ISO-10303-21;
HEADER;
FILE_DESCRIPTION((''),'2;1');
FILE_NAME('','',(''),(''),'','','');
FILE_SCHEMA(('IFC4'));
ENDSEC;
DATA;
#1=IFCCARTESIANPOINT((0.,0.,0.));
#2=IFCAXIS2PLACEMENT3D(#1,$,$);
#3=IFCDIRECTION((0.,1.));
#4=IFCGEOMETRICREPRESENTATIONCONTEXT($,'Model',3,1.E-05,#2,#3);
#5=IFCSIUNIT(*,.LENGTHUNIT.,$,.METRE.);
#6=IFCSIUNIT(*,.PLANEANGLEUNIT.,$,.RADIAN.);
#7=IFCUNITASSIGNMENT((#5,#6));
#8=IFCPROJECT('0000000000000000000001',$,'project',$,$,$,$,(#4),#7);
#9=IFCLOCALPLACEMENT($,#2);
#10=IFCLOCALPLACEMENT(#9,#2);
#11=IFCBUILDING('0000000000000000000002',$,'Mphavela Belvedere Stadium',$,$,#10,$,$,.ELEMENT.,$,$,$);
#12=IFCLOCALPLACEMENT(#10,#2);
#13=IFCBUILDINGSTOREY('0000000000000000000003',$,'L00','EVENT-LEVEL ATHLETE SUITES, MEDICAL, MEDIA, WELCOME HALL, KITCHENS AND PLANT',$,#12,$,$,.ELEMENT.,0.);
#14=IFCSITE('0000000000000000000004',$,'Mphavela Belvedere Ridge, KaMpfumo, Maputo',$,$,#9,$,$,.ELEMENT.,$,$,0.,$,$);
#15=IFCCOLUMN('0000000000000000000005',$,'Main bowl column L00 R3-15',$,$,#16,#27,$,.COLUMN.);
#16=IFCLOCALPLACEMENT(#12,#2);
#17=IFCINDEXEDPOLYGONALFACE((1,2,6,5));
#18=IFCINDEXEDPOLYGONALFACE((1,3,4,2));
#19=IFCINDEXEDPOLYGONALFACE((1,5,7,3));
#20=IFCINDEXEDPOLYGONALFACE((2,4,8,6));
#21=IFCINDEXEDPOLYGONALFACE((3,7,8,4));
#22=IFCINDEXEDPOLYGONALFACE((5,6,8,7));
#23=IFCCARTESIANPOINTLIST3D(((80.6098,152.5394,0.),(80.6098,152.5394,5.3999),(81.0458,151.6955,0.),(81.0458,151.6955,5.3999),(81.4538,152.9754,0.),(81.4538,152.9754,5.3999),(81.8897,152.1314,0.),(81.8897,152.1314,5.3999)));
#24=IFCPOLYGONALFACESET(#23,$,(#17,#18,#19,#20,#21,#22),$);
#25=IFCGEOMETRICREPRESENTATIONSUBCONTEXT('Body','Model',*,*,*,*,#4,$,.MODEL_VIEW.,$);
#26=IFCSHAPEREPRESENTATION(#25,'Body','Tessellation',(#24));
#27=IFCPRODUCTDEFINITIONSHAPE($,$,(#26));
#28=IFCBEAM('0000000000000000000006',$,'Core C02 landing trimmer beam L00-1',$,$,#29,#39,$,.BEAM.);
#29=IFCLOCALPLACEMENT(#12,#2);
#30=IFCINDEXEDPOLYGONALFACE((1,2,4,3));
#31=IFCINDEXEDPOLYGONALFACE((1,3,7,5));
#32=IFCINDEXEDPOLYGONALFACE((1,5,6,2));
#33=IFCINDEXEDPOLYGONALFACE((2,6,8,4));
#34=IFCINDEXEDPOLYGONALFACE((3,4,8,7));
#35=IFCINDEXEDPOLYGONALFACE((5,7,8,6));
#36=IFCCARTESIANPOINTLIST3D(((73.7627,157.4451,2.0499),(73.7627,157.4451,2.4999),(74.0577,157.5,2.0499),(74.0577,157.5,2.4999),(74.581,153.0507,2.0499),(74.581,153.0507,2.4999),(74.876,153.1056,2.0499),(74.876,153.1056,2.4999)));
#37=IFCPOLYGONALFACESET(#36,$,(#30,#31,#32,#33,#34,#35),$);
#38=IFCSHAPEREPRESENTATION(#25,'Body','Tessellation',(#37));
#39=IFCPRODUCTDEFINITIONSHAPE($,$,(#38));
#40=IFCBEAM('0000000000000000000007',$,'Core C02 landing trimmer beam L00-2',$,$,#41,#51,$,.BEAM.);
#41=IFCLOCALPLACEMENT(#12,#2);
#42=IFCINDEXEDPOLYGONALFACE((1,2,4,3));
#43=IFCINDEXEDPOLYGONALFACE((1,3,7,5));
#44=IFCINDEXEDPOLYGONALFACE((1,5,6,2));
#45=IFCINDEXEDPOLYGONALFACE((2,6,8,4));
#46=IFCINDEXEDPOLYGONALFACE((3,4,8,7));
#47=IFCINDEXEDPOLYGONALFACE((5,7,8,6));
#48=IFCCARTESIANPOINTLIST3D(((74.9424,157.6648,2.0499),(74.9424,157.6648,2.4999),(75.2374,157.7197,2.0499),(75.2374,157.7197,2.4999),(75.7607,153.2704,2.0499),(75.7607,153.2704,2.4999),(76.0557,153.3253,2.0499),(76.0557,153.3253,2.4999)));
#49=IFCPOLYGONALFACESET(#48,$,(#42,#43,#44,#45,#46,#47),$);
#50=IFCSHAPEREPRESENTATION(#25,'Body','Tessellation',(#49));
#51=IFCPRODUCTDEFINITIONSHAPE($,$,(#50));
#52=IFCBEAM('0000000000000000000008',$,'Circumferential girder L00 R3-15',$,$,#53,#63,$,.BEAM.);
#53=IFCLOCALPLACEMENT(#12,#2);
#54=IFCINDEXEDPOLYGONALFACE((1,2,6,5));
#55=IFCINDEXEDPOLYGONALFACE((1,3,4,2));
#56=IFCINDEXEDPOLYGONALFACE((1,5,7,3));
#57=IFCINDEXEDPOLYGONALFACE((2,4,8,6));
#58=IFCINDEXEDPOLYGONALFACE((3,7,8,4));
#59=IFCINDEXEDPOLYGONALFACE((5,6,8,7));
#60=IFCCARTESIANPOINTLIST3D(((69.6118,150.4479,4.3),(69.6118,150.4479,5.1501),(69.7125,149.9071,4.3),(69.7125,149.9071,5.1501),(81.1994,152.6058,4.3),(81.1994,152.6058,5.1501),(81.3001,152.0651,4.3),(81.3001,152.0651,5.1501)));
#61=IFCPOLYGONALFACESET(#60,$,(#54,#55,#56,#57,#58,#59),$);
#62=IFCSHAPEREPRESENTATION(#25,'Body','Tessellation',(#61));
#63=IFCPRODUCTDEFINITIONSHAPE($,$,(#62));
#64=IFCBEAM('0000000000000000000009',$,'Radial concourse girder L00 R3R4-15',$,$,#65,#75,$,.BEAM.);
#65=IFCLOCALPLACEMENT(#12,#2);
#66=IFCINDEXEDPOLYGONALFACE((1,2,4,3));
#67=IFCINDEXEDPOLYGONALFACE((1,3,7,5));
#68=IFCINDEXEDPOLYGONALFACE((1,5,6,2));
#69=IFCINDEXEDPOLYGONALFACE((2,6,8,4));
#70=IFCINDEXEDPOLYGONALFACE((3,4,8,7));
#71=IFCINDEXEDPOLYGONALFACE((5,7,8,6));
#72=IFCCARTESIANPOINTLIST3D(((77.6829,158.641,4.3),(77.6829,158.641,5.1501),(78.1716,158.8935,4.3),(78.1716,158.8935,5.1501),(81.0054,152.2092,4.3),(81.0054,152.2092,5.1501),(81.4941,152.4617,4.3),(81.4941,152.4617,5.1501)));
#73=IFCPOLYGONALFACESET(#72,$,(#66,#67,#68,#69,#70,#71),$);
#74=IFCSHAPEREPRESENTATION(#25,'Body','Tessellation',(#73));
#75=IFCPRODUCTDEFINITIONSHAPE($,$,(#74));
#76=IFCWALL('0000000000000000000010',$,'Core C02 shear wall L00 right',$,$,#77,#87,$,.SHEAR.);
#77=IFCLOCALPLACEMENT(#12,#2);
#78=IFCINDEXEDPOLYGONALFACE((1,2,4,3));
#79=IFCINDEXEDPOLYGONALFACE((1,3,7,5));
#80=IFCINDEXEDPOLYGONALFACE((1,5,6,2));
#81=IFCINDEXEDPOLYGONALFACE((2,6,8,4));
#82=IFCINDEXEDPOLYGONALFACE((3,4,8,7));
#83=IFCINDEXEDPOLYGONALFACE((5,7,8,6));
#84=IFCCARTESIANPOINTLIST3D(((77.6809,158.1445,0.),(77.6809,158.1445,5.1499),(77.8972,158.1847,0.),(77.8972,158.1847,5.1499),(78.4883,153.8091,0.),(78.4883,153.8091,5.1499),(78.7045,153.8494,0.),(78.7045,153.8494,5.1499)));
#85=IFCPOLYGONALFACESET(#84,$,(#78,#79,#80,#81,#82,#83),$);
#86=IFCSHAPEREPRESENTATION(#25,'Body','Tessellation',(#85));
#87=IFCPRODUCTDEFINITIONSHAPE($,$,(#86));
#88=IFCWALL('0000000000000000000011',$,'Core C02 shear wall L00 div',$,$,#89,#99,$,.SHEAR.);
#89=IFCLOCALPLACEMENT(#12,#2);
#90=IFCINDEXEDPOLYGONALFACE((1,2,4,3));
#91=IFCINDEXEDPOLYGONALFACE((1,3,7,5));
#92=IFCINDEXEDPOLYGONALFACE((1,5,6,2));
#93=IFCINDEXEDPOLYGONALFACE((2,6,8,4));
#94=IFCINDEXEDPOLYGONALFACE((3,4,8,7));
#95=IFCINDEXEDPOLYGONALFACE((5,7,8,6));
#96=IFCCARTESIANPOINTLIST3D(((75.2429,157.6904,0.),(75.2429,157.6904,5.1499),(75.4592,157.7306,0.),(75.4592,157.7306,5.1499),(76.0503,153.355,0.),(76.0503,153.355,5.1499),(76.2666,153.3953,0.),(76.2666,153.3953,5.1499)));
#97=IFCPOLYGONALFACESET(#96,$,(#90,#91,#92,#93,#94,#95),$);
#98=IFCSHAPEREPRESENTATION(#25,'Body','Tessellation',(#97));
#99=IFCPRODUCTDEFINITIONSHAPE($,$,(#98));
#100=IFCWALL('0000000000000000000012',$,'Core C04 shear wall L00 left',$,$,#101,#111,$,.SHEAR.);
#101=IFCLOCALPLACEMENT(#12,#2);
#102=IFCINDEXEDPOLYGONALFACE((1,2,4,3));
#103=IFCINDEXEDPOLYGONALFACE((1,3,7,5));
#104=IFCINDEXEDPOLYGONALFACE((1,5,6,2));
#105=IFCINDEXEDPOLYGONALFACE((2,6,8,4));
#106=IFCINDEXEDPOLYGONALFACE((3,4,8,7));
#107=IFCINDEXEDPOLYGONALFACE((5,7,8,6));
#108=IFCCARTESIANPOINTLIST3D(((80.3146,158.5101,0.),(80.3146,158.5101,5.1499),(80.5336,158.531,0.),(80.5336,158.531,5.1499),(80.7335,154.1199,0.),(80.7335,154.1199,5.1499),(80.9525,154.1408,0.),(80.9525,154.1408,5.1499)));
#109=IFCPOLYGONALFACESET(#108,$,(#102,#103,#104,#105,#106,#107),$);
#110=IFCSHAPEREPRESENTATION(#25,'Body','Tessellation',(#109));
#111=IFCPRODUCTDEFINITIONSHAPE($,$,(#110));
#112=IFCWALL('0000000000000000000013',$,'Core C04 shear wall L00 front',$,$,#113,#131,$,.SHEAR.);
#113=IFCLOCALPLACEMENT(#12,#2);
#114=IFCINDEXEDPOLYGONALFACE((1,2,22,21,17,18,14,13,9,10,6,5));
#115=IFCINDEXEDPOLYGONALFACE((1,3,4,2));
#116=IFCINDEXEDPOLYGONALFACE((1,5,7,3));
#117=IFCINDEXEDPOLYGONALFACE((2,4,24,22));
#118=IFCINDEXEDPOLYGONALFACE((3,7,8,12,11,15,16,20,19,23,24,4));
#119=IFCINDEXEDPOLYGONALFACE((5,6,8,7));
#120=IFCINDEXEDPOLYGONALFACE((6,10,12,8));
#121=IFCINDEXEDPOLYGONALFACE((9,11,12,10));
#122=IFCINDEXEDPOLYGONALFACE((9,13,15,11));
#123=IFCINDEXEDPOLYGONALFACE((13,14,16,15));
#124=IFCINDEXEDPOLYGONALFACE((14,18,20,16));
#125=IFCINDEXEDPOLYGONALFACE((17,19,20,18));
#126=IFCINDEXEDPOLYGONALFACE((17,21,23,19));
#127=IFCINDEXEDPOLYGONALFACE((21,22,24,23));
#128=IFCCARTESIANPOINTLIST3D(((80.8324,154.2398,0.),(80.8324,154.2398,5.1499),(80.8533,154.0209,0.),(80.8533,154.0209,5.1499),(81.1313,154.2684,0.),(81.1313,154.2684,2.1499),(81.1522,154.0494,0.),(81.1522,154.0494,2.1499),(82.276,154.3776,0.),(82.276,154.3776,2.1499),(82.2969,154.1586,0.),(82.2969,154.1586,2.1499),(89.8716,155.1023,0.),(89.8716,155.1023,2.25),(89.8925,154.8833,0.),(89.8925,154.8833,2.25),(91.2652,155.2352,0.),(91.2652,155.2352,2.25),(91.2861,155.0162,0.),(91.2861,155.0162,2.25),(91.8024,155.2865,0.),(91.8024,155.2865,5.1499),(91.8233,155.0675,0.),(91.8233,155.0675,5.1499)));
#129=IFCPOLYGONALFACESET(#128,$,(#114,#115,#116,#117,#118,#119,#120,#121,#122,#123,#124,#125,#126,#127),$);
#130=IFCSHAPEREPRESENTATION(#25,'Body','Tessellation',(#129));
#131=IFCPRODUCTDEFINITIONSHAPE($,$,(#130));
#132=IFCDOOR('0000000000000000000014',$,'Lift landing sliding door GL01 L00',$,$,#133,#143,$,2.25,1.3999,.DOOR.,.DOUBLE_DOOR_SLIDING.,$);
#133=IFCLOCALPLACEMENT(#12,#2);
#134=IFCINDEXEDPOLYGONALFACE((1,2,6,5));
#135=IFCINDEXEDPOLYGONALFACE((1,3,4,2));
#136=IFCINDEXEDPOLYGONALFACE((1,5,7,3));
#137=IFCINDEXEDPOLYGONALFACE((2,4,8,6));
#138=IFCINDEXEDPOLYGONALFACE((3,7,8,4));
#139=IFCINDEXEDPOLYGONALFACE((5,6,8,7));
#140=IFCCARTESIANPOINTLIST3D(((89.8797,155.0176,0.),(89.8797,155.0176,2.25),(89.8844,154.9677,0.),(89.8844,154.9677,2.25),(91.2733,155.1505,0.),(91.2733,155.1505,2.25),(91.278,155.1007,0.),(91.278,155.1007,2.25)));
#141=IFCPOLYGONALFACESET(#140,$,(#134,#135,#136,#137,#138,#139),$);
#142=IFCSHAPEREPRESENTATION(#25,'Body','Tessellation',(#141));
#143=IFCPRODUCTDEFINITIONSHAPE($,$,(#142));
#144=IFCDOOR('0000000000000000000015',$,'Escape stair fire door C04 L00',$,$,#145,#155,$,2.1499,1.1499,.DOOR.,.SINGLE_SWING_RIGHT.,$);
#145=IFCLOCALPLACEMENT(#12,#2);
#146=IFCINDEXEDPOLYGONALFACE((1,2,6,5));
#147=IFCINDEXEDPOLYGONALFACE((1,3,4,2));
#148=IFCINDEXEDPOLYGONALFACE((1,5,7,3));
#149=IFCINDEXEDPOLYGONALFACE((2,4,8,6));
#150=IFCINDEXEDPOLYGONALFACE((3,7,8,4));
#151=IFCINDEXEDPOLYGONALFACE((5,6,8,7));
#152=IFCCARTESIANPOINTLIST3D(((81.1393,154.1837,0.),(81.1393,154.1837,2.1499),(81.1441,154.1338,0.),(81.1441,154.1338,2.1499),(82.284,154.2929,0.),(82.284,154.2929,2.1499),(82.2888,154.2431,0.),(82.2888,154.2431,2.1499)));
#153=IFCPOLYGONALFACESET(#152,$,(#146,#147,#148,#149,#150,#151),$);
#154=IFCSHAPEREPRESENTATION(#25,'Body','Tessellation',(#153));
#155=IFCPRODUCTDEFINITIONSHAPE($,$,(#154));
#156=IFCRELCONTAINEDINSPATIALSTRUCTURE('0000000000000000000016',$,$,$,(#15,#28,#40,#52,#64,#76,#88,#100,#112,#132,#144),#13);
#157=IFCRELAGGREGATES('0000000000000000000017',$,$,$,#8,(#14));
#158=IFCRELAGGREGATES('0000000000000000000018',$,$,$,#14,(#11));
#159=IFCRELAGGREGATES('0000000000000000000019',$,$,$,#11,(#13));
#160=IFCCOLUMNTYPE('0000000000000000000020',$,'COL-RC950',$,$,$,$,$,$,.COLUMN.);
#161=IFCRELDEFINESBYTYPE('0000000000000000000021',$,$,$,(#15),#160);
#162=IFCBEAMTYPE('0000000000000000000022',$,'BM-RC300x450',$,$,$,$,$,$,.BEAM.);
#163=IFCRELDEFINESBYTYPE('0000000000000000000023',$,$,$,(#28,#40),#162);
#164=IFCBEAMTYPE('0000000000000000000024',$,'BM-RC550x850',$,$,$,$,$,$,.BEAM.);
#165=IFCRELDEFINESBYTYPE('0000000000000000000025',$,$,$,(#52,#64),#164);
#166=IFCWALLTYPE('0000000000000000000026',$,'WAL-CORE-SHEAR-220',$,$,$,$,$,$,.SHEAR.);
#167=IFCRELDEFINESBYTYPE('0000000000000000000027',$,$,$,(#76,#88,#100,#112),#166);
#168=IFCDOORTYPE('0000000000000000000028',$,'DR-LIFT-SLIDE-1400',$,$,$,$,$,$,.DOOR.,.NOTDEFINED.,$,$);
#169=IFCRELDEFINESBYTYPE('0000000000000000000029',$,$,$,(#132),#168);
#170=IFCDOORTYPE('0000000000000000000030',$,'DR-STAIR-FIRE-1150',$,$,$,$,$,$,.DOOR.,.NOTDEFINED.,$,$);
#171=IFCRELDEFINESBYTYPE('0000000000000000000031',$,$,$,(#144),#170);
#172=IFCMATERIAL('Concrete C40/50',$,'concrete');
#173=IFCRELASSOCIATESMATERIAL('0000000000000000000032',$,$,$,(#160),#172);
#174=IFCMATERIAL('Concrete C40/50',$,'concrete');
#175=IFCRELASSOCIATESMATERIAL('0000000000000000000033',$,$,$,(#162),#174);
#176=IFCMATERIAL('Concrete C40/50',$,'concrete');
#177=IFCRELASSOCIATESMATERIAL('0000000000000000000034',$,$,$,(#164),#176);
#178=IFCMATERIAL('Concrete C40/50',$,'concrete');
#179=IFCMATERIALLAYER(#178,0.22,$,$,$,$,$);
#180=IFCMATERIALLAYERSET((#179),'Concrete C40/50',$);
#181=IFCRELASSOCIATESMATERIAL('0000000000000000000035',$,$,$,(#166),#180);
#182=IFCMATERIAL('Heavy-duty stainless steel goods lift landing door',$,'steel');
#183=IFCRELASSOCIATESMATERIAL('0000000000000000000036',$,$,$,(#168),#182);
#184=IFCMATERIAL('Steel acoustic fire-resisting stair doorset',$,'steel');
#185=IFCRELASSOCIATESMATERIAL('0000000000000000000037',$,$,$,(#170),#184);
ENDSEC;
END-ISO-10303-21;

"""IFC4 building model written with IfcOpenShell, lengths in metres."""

from ifc_helpers import new_model, si_unit, direction, frame, frame_2d, origin, origin_2d, place, context, subcontext, project, spatial, rectangle, extrude, material, layer, layer_set, material_profile, profile_set, type_object, element, fill, save


model = new_model("IFC4")

# Units and contexts
model_context = context("Model", 3, precision=1e-05, world=origin(), true_north=direction((0.0, 1.0)))
body_context = subcontext(model_context, "Body", "Model", "MODEL_VIEW")
ifc_project = project(units=[si_unit("LENGTHUNIT", "METRE"), si_unit("PLANEANGLEUNIT", "RADIAN")], contexts=[model_context])

# Site, building, storey
site_placement = place(None, origin())
site = spatial("IfcSite", under=ifc_project, at=site_placement, Name="Mphavela Belvedere Ridge, KaMpfumo, Maputo", CompositionType="ELEMENT", RefElevation=0.0)
building_placement = place(site_placement, origin())
building = spatial("IfcBuilding", under=site, at=building_placement, Name="Mphavela Belvedere Stadium", CompositionType="ELEMENT")
storey_placement = place(building_placement, origin())
storey = spatial("IfcBuildingStorey", under=building, at=storey_placement, Name="L00", Description="EVENT-LEVEL ATHLETE SUITES, MEDICAL, MEDIA, WELCOME HALL, KITCHENS AND PLANT", CompositionType="ELEMENT", Elevation=0.0)

# Column
ifc_material_1 = material(Name="Concrete C40/50", Category="concrete")
ifc_material_profile_1 = material_profile(ifc_material_1, rectangle(XDim=0.95, YDim=0.95, at=origin_2d()), Name="RC 950x950")
ifc_profile_set_1 = profile_set([ifc_material_profile_1], Name="Concrete C40/50")
column_type_1 = type_object("IfcColumnType", Name="COL-RC950", PredefinedType="COLUMN", material=ifc_profile_set_1)
column_placement = place(storey_placement, frame((81.2498, 152.3354, 0.0), z_axis=(0.0, 0.0, 1.0), x_axis=(-0.45896, 0.888457, 0.0)))
element("IfcColumn", 1, at=column_placement, inside=storey, type_object=column_type_1, Name="Main bowl column L00 R3-15", PredefinedType="COLUMN", context=body_context, shape_type="SweptSolid", body=[
    extrude(rectangle(XDim=0.95, YDim=0.95, at=origin_2d()), origin(), (0.0, 0.0, 1.0), 5.3999),
])

# Beams
ifc_material_2 = material(Name="Concrete C40/50", Category="concrete")
ifc_material_profile_2 = material_profile(ifc_material_2, rectangle(XDim=0.3, YDim=0.45, at=origin_2d()), Name="RC 300x450")
ifc_profile_set_2 = profile_set([ifc_material_profile_2], Name="Concrete C40/50")
beam_type_1 = type_object("IfcBeamType", Name="BM-RC300x450", PredefinedType="BEAM", material=ifc_profile_set_2)
for number, where, z_axis, x_axis, name in (
    (2, (74.7285, 153.0781, 2.2749), (-0.183075, 0.983099, 0.0), (-0.983099, -0.183075, 0.0), "Core C02 landing trimmer beam L00-1"),
    (3, (75.9082, 153.2979, 2.2749), (-0.183075, 0.983099, 0.0), (-0.983099, -0.183075, 0.0), "Core C02 landing trimmer beam L00-2"),
):
    element("IfcBeam", number, at=place(storey_placement, frame(where, z_axis=z_axis, x_axis=x_axis)), inside=storey, type_object=beam_type_1, Name=name, PredefinedType="BEAM", context=body_context, shape_type="SweptSolid", body=[
        extrude(rectangle(XDim=0.3, YDim=0.45, at=origin_2d()), origin(), (0.0, 0.0, 1.0), 4.47),
    ])
ifc_material_3 = material(Name="Concrete C40/50", Category="concrete")
ifc_material_profile_3 = material_profile(ifc_material_3, rectangle(XDim=0.55, YDim=0.8501, at=origin_2d()), Name="RC 550x850")
ifc_profile_set_3 = profile_set([ifc_material_profile_3], Name="Concrete C40/50")
beam_type_2 = type_object("IfcBeamType", Name="BM-RC550x850", PredefinedType="BEAM", material=ifc_profile_set_3)
beam_1_placement = place(storey_placement, frame((81.2498, 152.3354, 4.7251), z_axis=(-0.983098, -0.183082, 0.0), x_axis=(0.183082, -0.983098, 0.0)))
element("IfcBeam", 4, at=beam_1_placement, inside=storey, type_object=beam_type_2, Name="Circumferential girder L00 R3-15", PredefinedType="BEAM", context=body_context, shape_type="SweptSolid", body=[
    extrude(rectangle(XDim=0.55, YDim=0.8501, at=origin_2d()), origin(), (0.0, 0.0, 1.0), 11.7869),
])
beam_2_placement = place(storey_placement, frame((81.2498, 152.3354, 4.7251), z_axis=(-0.458951, 0.888461, 0.0), x_axis=(-0.888461, -0.458951, 0.0)))
element("IfcBeam", 5, at=beam_2_placement, inside=storey, type_object=beam_type_2, Name="Radial concourse girder L00 R3R4-15", PredefinedType="BEAM", context=body_context, shape_type="SweptSolid", body=[
    extrude(rectangle(XDim=0.55, YDim=0.8501, at=origin_2d()), origin(), (0.0, 0.0, 1.0), 7.2393),
])

# Walls
ifc_material_4 = material(Name="Concrete C40/50", Category="concrete")
ifc_layer = layer(ifc_material_4, 0.22)
ifc_layer_set = layer_set([ifc_layer], Name="Concrete C40/50")
wall_type = type_object("IfcWallType", Name="WAL-CORE-SHEAR-220", PredefinedType="SHEAR", material=ifc_layer_set)
for number, where, z_axis, x_axis, name in (
    (6, (78.5964, 153.8291, 0.0), (0.0, 0.0, 1.0), (-0.183078, 0.983098, 0.0), "Core C02 shear wall L00 right"),
    (7, (76.1584, 153.375, 0.0), (0.0, 0.0, 1.0), (-0.183078, 0.983098, 0.0), "Core C02 shear wall L00 div"),
):
    element("IfcWall", number, at=place(storey_placement, frame(where, z_axis=z_axis, x_axis=x_axis)), inside=storey, type_object=wall_type, Name=name, PredefinedType="SHEAR", context=body_context, shape_type="SweptSolid", body=[
        extrude(rectangle(XDim=4.4099, YDim=0.22, at=frame_2d((2.2051, 0.0))), origin(), (0.0, 0.0, 1.0), 5.1499),
    ])
wall_1_placement = place(storey_placement, frame((80.843, 154.1304, 0.0), z_axis=(0.0, 0.0, 1.0), x_axis=(-0.094997, 0.995478, 0.0)))
element("IfcWall", 8, at=wall_1_placement, inside=storey, type_object=wall_type, Name="Core C04 shear wall L00 left", PredefinedType="SHEAR", context=body_context, shape_type="SweptSolid", body=[
    extrude(rectangle(XDim=4.4102, YDim=0.22, at=frame_2d((2.2051, 0.0))), origin(), (0.0, 0.0, 1.0), 5.1499),
])

# Wall, openings, doors
wall_2_placement = place(storey_placement, frame((80.843, 154.1304, 0.0), z_axis=(0.0, 0.0, 1.0), x_axis=(0.995479, 0.094977, 0.0)))
wall_2 = element("IfcWall", 9, at=wall_2_placement, inside=storey, type_object=wall_type, Name="Core C04 shear wall L00 front", PredefinedType="SHEAR", context=body_context, shape_type="SweptSolid", body=[
    extrude(rectangle(XDim=11.0198, YDim=0.22, at=frame_2d((5.5098, 0.0))), origin(), (0.0, 0.0, 1.0), 5.1499),
])
opening_1_placement = place(wall_2_placement, frame((0.3, 0.0, 0.0)))
opening_1 = element("IfcOpeningElement", 10, at=opening_1_placement, cuts=wall_2, PredefinedType="OPENING", context=body_context, shape_type="SweptSolid", body=[
    extrude(rectangle(XDim=1.1499, YDim=2.1499, at=frame_2d((0.575, 1.075))), frame((0.0, 0.1201, 0.0), z_axis=(0.0, -1.0, 0.0), x_axis=(1.0, 0.0, 0.0)), (0.0, 0.0, 1.0), 0.24),
])
opening_2_placement = place(wall_2_placement, frame((9.0801, 0.0, 0.0)))
opening_2 = element("IfcOpeningElement", 11, at=opening_2_placement, cuts=wall_2, PredefinedType="OPENING", context=body_context, shape_type="SweptSolid", body=[
    extrude(rectangle(XDim=1.3999, YDim=2.25, at=frame_2d((0.7, 1.125))), frame((0.0, 0.1201, 0.0), z_axis=(0.0, -1.0, 0.0), x_axis=(1.0, 0.0, 0.0)), (0.0, 0.0, 1.0), 0.24),
])
ifc_material_5 = material(Name="Heavy-duty stainless steel goods lift landing door", Category="steel")
door_type_1 = type_object("IfcDoorType", Name="DR-LIFT-SLIDE-1400", OperationType="NOTDEFINED", PredefinedType="DOOR", material=ifc_material_5)
door_1_placement = place(opening_2_placement, origin())
door_1 = element("IfcDoor", 12, at=door_1_placement, inside=storey, type_object=door_type_1, Name="Lift landing sliding door GL01 L00", OperationType="DOUBLE_DOOR_SLIDING", OverallHeight=2.25, OverallWidth=1.3999, PredefinedType="DOOR", context=body_context, shape_type="SweptSolid", body=[
    extrude(rectangle(XDim=1.3999, YDim=2.25, at=frame_2d((0.7, 1.125))), frame((0.0, 0.0249, 0.0), z_axis=(0.0, -1.0, 0.0), x_axis=(1.0, 0.0, 0.0)), (0.0, 0.0, 1.0), 0.05),
])
fill(opening_2, door_1)
ifc_material_6 = material(Name="Steel acoustic fire-resisting stair doorset", Category="steel")
door_type_2 = type_object("IfcDoorType", Name="DR-STAIR-FIRE-1150", OperationType="NOTDEFINED", PredefinedType="DOOR", material=ifc_material_6)
door_2_placement = place(opening_1_placement, origin())
door_2 = element("IfcDoor", 13, at=door_2_placement, inside=storey, type_object=door_type_2, Name="Escape stair fire door C04 L00", OperationType="SINGLE_SWING_RIGHT", OverallHeight=2.1499, OverallWidth=1.1499, PredefinedType="DOOR", context=body_context, shape_type="SweptSolid", body=[
    extrude(rectangle(XDim=1.1499, YDim=2.1499, at=frame_2d((0.575, 1.075))), frame((0.0, 0.0249, 0.0), z_axis=(0.0, -1.0, 0.0), x_axis=(1.0, 0.0, 0.0)), (0.0, 0.0, 1.0), 0.05),
])
fill(opening_1, door_2)

save(model, "model.ifc")
